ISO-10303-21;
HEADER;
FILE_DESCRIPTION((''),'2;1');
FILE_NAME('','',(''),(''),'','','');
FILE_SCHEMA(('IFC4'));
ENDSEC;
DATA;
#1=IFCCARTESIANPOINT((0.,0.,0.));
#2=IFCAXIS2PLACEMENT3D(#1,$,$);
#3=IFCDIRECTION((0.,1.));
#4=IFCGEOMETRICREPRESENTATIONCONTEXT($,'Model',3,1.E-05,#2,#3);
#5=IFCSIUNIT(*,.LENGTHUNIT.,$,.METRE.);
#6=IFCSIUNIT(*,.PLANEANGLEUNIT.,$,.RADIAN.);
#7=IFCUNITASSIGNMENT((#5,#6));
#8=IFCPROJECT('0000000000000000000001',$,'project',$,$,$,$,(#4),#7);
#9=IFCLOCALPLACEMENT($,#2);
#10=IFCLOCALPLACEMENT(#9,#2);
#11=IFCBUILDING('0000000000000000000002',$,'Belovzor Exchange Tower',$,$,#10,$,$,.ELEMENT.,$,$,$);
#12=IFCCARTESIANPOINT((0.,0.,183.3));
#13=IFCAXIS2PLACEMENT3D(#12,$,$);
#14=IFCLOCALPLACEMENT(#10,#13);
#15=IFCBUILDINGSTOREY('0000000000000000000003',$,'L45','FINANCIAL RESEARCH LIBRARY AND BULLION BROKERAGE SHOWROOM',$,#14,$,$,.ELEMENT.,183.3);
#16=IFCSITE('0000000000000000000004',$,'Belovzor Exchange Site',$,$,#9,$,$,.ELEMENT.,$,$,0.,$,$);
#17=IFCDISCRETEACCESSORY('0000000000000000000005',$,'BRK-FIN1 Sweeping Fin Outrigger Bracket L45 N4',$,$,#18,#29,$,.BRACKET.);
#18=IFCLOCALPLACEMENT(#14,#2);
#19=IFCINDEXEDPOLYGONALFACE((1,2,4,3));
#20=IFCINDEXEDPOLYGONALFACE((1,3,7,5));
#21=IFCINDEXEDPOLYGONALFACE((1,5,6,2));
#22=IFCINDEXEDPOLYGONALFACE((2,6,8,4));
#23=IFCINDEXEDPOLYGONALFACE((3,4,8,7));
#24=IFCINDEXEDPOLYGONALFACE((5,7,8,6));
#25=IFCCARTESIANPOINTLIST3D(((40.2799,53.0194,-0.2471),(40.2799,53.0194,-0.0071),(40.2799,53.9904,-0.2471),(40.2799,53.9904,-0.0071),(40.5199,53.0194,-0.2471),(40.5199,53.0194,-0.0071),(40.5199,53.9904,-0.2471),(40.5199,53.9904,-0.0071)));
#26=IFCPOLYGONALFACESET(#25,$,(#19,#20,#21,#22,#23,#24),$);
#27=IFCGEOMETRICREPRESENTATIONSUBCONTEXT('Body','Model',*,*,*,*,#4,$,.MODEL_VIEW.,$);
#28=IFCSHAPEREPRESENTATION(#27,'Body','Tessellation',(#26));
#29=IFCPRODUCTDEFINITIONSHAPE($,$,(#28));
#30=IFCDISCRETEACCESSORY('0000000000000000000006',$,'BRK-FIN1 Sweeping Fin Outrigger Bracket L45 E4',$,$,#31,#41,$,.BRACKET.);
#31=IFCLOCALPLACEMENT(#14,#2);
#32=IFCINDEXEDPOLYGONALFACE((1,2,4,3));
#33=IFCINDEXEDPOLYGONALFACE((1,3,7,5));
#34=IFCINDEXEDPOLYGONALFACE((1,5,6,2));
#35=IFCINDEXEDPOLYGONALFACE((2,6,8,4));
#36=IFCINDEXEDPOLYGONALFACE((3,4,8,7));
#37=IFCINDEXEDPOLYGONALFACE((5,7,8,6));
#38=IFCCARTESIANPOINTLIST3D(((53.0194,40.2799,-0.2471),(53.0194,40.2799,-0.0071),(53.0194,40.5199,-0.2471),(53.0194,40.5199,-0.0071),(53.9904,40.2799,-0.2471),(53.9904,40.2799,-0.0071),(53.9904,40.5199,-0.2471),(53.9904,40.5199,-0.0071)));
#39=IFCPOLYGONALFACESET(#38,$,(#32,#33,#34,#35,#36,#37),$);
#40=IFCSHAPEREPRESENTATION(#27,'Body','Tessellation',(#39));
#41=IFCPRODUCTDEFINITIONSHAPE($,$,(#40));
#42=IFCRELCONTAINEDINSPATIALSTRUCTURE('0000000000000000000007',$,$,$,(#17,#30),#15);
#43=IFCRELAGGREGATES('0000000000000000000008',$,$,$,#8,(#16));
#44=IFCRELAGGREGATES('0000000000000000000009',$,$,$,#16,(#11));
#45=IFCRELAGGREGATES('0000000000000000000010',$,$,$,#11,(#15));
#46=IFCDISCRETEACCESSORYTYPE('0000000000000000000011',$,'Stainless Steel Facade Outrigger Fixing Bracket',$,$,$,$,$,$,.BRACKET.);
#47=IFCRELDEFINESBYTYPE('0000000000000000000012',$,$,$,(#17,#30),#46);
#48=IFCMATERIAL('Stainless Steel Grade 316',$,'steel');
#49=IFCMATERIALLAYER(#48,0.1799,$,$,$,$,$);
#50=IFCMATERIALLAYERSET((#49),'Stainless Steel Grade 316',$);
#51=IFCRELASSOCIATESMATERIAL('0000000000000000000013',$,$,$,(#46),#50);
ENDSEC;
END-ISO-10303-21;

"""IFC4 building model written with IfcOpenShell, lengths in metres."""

from ifc_helpers import new_model, si_unit, direction, frame, origin, origin_2d, place, context, subcontext, project, spatial, rectangle, extrude, material, layer, layer_set, type_object, element, save


model = new_model("IFC4")

# Units and contexts
model_context = context("Model", 3, precision=1e-05, world=origin(), true_north=direction((0.0, 1.0)))
body_context = subcontext(model_context, "Body", "Model", "MODEL_VIEW")
ifc_project = project(units=[si_unit("LENGTHUNIT", "METRE"), si_unit("PLANEANGLEUNIT", "RADIAN")], contexts=[model_context])

# Site, building, storey
site_placement = place(None, origin())
site = spatial("IfcSite", under=ifc_project, at=site_placement, Name="Belovzor Exchange Site", CompositionType="ELEMENT", RefElevation=0.0)
building_placement = place(site_placement, origin())
building = spatial("IfcBuilding", under=site, at=building_placement, Name="Belovzor Exchange Tower", CompositionType="ELEMENT")
storey_placement = place(building_placement, frame((0.0, 0.0, 183.3)))
storey = spatial("IfcBuildingStorey", under=building, at=storey_placement, Name="L45", Description="FINANCIAL RESEARCH LIBRARY AND BULLION BROKERAGE SHOWROOM", CompositionType="ELEMENT", Elevation=183.3)

# Discrete accessories
ifc_material_1 = material(Name="Stainless Steel Grade 316", Category="steel")
ifc_layer_1 = layer(ifc_material_1, 0.1799)
ifc_layer_set_1 = layer_set([ifc_layer_1], Name="Stainless Steel Grade 316")
discrete_accessory_type = type_object("IfcDiscreteAccessoryType", Name="Stainless Steel Facade Outrigger Fixing Bracket", PredefinedType="BRACKET", material=ifc_layer_set_1)
for number, where, z_axis, x_axis, name in (
    (1, (40.3999, 53.5049, -0.2471), (0.0, 0.0, 1.0), (0.0, 1.0, 0.0), "BRK-FIN1 Sweeping Fin Outrigger Bracket L45 N4"),
    (2, (53.5049, 40.3999, -0.2471), (0.0, 0.0, 1.0), (1.0, 0.0, 0.0), "BRK-FIN1 Sweeping Fin Outrigger Bracket L45 E4"),
):
    element("IfcDiscreteAccessory", number, at=place(storey_placement, frame(where, z_axis=z_axis, x_axis=x_axis)), inside=storey, type_object=discrete_accessory_type, Name=name, PredefinedType="BRACKET", context=body_context, shape_type="SweptSolid", body=[
        extrude(rectangle(XDim=0.9709, YDim=0.24, at=origin_2d()), origin(), (0.0, 0.0, 1.0), 0.24),
    ])

save(model, "model.ifc")
